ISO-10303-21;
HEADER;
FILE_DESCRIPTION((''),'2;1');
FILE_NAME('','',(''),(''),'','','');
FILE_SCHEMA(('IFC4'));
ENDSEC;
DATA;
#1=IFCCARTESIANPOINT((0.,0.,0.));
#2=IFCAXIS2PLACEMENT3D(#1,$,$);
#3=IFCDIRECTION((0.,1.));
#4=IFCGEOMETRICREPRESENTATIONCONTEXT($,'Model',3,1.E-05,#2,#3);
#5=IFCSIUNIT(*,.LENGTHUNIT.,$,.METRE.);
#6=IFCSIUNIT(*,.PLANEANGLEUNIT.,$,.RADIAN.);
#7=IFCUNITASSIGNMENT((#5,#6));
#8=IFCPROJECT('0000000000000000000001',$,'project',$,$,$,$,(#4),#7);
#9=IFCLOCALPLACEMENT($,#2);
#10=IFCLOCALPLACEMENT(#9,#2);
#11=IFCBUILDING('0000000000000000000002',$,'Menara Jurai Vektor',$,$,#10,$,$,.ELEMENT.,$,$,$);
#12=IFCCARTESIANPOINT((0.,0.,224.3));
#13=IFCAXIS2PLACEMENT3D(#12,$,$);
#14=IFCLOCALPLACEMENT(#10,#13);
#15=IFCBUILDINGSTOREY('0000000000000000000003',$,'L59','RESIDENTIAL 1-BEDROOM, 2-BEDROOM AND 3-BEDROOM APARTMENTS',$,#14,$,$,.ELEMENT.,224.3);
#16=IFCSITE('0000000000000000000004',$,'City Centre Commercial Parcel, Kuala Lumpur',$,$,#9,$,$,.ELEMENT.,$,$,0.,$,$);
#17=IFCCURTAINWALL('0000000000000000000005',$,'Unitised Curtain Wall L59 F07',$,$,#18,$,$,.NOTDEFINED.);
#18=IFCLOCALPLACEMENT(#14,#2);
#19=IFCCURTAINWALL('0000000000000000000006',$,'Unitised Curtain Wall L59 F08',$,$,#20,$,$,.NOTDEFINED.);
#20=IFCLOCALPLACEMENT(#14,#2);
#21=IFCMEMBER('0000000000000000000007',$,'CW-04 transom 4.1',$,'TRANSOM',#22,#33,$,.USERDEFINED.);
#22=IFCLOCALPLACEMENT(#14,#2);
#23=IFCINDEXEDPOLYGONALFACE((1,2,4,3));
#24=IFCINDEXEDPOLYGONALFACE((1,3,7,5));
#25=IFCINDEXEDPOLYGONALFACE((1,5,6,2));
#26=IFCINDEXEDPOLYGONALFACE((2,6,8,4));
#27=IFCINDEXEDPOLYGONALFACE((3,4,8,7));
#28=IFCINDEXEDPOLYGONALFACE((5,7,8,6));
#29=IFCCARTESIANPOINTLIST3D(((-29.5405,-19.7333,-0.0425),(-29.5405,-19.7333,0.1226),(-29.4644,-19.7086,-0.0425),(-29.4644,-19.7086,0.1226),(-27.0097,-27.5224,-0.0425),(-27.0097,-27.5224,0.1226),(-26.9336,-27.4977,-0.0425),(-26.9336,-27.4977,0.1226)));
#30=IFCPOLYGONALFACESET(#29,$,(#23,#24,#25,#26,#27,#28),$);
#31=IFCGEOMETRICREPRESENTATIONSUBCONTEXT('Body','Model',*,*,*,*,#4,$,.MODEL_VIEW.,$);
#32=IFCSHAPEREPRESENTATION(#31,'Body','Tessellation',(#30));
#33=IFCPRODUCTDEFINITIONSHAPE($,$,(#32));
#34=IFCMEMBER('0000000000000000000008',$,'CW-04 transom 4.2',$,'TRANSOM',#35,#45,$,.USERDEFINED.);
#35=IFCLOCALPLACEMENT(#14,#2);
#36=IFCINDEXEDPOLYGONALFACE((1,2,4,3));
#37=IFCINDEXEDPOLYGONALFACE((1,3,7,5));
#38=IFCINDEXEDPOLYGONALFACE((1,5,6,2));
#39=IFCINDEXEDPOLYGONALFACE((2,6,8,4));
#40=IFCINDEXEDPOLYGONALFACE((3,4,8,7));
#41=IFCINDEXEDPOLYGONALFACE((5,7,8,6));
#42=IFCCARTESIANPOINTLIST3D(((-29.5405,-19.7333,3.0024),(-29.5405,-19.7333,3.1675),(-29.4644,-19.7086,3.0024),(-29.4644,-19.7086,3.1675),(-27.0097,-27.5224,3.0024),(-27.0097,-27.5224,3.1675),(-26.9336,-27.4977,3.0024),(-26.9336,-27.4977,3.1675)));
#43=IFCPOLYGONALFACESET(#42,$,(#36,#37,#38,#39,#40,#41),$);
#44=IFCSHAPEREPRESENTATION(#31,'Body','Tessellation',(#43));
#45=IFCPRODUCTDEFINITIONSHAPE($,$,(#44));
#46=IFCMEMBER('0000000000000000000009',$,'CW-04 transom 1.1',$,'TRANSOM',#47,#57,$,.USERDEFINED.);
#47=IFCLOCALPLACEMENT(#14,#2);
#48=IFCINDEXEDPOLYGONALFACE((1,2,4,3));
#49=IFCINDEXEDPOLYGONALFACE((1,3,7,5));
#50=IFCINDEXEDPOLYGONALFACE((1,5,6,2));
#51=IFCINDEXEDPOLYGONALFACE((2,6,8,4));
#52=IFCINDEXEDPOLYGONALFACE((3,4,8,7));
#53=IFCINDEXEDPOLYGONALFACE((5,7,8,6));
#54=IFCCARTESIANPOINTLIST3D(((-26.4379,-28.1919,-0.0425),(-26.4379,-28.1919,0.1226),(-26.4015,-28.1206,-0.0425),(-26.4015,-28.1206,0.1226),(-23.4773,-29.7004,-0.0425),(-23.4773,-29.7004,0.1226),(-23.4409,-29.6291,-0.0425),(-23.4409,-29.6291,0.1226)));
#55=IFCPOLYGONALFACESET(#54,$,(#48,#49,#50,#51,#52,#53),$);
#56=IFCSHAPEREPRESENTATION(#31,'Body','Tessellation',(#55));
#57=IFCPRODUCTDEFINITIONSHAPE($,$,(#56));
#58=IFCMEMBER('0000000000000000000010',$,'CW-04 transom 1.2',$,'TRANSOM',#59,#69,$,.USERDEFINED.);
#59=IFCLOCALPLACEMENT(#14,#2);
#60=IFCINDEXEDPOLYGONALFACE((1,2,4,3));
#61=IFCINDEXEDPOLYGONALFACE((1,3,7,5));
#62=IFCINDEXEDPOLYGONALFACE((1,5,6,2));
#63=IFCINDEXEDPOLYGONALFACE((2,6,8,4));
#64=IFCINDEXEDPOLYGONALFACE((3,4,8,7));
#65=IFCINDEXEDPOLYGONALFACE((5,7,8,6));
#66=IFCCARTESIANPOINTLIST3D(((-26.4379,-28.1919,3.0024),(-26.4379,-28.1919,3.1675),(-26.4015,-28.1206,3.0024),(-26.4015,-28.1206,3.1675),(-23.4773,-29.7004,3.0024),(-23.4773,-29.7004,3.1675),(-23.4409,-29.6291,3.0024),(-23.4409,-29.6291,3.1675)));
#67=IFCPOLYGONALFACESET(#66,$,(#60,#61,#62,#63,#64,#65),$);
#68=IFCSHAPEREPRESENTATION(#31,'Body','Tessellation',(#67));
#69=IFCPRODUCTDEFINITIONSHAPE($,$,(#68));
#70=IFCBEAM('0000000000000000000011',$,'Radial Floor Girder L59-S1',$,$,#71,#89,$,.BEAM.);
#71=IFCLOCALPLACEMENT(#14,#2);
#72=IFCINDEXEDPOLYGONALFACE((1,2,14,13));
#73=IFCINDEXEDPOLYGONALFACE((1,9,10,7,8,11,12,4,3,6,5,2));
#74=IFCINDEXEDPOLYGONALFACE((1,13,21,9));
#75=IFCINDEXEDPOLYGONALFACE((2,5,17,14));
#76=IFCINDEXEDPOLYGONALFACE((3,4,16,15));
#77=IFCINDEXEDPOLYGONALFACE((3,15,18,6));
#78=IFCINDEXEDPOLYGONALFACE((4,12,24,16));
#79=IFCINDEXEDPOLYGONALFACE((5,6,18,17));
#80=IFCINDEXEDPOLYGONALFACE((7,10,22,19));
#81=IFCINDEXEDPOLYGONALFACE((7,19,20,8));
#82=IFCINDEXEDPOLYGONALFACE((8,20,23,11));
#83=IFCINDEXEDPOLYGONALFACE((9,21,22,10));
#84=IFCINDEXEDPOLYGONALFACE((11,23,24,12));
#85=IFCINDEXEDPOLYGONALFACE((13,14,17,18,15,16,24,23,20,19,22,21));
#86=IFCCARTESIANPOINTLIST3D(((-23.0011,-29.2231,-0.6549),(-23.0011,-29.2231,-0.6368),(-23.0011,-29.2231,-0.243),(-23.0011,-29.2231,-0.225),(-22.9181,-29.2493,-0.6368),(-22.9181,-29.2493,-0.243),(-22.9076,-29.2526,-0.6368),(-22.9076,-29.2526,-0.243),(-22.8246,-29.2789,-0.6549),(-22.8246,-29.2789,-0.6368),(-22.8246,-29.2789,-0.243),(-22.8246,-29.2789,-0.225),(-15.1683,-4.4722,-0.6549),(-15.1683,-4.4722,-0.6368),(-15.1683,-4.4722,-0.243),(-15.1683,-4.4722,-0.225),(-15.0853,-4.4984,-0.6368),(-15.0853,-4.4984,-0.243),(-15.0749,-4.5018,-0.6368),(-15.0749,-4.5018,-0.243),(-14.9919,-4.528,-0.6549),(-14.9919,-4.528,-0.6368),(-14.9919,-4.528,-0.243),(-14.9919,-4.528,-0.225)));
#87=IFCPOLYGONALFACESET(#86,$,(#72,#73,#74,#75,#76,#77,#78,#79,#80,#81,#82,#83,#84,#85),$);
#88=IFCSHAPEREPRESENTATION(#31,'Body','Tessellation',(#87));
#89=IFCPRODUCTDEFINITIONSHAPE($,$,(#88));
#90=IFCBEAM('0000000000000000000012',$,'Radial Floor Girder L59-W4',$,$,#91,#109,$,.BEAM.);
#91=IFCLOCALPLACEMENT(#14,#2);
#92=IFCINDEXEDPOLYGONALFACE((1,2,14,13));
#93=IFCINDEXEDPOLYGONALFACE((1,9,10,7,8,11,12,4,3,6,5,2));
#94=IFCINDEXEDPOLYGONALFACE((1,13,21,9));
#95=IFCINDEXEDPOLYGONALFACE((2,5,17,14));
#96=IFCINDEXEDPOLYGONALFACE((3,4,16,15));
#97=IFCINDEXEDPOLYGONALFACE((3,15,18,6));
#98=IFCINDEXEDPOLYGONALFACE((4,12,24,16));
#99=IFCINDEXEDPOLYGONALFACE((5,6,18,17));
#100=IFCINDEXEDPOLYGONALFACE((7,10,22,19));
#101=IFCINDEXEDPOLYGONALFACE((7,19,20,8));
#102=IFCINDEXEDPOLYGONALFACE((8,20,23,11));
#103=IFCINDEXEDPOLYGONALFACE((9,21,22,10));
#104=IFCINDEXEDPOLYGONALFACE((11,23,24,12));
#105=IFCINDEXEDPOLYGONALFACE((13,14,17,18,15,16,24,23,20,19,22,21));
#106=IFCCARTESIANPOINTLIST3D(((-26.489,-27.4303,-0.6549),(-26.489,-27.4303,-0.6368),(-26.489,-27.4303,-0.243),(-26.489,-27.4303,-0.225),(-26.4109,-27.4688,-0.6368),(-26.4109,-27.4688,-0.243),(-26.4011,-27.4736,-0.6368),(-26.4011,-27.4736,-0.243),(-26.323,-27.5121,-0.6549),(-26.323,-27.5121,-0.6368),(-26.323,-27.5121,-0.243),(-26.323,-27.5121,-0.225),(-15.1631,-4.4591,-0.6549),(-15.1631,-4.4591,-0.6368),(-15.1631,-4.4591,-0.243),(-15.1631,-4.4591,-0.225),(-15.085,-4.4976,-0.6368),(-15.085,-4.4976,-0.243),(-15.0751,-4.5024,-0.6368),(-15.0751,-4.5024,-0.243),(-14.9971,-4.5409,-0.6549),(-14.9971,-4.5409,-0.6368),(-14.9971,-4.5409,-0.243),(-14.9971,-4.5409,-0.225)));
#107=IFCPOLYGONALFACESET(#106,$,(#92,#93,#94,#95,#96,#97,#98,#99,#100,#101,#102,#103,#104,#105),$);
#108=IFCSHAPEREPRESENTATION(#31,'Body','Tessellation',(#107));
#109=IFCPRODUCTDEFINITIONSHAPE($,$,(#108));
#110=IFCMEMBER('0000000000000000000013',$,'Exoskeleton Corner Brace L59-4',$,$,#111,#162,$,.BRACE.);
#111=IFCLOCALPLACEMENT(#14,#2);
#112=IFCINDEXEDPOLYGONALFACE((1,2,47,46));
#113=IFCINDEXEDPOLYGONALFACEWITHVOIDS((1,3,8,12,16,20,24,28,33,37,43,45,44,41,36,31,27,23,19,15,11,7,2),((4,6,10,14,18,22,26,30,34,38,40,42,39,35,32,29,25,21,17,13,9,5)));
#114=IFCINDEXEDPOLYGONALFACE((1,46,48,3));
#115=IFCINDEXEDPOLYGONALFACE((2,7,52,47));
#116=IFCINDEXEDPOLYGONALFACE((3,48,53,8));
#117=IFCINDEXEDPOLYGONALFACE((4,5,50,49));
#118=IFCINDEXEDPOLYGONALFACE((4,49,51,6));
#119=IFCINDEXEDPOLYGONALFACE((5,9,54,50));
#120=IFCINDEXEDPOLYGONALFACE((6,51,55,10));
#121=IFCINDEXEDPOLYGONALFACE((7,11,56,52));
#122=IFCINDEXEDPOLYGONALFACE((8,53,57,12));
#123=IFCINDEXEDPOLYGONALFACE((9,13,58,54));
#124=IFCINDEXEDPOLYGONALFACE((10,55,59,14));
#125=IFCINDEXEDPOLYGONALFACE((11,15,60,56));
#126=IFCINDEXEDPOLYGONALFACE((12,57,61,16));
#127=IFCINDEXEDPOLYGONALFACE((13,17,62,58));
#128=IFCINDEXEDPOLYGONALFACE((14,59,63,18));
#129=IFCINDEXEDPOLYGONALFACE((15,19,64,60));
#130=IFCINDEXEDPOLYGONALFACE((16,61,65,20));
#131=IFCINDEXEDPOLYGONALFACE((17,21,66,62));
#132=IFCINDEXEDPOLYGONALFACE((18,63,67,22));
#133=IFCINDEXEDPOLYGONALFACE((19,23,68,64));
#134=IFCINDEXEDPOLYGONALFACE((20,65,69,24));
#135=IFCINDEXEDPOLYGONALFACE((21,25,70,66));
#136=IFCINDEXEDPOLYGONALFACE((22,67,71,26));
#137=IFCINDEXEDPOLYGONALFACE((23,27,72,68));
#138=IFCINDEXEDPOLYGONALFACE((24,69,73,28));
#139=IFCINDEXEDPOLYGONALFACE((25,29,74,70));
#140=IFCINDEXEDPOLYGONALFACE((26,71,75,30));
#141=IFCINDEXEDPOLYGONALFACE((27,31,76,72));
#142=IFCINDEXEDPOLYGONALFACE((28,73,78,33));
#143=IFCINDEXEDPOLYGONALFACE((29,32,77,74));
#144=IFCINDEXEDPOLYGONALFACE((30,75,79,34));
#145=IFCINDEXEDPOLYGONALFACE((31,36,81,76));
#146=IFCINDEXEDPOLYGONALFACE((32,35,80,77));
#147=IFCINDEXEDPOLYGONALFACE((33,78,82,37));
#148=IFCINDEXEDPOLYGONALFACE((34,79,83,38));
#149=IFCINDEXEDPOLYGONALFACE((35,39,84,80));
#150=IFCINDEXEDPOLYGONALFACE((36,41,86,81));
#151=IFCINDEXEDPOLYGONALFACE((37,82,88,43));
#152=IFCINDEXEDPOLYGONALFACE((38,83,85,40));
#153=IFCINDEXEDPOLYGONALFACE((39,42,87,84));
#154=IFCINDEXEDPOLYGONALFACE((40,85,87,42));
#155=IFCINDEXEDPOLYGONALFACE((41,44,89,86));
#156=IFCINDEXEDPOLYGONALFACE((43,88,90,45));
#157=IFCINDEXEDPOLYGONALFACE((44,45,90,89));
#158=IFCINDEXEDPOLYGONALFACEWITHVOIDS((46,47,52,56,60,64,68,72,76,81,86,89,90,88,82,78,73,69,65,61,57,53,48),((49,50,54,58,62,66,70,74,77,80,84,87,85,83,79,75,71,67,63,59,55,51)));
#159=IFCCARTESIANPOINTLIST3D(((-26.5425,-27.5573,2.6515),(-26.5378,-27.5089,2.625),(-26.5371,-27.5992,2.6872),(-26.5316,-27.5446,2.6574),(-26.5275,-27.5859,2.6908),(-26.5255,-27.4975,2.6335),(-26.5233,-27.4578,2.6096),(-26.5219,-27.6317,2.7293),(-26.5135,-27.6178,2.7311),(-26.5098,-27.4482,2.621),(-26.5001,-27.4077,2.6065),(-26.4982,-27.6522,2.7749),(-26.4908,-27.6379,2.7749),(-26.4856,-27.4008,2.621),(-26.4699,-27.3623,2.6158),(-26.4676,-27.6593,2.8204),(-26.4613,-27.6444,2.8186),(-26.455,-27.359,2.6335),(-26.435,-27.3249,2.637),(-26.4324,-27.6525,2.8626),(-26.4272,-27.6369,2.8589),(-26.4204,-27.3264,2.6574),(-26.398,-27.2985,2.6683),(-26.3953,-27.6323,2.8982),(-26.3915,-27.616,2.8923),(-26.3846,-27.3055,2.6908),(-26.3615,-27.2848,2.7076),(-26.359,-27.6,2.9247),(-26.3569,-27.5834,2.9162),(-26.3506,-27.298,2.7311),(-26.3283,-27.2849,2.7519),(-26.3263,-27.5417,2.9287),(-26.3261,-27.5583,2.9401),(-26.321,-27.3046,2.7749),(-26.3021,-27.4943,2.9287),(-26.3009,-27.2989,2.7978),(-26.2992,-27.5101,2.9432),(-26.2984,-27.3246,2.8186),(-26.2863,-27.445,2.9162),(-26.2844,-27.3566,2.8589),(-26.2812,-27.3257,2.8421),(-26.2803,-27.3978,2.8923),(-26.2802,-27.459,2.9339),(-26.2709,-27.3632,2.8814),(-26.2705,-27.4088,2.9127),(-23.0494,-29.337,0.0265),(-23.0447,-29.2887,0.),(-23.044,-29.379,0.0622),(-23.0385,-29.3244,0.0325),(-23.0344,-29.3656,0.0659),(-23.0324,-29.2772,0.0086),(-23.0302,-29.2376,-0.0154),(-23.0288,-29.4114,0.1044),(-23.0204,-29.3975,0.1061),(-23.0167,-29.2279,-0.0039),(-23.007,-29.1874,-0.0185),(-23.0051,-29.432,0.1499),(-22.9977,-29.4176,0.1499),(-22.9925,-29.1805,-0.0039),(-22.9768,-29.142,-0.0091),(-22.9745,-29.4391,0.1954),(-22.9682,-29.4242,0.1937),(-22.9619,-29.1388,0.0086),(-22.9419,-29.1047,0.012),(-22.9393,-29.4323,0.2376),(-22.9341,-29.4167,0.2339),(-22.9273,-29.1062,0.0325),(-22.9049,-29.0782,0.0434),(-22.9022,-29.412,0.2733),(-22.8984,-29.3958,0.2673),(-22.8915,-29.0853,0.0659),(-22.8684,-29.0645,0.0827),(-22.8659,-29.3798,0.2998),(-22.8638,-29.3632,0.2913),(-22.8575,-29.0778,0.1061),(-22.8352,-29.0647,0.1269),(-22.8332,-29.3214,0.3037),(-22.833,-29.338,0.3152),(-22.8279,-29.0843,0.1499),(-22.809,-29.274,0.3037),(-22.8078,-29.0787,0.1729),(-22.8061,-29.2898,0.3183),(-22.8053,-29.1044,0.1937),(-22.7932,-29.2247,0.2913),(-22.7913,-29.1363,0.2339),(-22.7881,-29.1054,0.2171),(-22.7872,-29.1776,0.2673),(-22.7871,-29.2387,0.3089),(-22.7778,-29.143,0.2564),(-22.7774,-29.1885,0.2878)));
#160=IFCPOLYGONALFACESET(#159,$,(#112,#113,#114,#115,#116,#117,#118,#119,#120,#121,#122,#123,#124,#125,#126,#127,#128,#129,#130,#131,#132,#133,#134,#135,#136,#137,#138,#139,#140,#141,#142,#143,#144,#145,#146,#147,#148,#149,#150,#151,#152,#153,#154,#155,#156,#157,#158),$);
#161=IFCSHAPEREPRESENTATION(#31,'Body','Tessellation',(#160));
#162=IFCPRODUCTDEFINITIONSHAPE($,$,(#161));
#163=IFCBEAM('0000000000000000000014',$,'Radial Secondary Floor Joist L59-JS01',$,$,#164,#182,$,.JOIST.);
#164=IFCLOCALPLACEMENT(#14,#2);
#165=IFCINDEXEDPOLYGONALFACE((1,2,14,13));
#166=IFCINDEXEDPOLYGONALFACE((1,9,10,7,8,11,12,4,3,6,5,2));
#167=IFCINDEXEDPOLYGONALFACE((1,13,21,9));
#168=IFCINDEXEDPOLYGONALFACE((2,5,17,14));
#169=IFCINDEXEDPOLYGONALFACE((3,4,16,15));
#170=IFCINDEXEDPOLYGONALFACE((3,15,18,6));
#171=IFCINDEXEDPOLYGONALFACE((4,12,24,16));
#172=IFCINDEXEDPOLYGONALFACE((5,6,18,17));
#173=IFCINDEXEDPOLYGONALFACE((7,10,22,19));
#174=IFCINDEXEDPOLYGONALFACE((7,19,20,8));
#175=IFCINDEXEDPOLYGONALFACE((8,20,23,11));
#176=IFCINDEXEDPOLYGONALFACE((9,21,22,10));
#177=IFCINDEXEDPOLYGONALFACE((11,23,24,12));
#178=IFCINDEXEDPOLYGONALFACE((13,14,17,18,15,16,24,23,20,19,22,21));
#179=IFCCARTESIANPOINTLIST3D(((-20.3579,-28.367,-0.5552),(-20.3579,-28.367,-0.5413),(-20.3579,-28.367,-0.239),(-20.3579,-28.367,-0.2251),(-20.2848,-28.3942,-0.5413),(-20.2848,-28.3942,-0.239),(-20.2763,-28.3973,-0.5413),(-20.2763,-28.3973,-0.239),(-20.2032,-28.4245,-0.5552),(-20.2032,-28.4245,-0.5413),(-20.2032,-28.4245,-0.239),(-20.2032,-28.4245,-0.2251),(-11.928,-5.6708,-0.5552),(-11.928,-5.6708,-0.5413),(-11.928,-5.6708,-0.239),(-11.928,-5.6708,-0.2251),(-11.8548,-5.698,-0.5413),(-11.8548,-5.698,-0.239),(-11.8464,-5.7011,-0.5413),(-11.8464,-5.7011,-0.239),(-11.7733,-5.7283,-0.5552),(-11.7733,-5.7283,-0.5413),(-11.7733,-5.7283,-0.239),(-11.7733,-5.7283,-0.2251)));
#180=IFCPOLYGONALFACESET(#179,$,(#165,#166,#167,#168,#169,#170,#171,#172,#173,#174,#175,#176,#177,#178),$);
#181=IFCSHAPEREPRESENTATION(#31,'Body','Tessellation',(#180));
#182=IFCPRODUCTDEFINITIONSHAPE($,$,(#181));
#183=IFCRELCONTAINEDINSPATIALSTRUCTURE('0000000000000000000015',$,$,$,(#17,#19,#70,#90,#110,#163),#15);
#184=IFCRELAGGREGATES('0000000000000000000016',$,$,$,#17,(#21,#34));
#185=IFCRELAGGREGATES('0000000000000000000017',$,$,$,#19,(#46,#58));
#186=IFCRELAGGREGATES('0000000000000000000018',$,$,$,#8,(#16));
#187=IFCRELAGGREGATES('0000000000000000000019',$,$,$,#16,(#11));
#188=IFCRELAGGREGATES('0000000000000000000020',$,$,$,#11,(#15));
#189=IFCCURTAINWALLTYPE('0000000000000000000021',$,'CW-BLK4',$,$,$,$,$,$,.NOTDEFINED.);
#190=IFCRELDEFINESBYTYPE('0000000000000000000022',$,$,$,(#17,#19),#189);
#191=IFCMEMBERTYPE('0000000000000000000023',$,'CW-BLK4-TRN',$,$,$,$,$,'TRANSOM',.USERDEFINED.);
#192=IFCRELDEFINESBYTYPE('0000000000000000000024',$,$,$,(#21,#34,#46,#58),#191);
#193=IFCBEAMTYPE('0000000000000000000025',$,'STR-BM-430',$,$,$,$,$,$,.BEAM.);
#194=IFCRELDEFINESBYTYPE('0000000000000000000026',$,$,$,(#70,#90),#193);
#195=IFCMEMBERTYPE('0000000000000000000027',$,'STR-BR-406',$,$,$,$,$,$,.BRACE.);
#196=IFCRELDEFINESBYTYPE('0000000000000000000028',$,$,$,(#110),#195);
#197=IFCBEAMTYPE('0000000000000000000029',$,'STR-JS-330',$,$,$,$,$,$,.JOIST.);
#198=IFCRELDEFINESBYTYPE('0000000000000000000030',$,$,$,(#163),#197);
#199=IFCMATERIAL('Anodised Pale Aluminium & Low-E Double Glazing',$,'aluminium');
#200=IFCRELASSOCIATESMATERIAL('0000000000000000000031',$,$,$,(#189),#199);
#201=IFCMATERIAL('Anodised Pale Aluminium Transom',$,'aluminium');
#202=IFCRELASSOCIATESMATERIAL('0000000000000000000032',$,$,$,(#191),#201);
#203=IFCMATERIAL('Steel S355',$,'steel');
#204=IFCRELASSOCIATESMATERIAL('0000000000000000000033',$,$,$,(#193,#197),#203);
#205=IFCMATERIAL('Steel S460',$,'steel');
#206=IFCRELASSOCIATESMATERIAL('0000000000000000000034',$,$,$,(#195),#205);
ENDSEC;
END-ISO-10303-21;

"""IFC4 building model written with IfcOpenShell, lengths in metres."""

from ifc_helpers import new_model, si_unit, direction, frame, origin, origin_2d, place, context, subcontext, project, spatial, rectangle, hollow_circle, i_section, extrude, material, material_profile, profile_set, type_object, element, aggregate, save


model = new_model("IFC4")

# Units and contexts
model_context = context("Model", 3, precision=1e-05, world=origin(), true_north=direction((0.0, 1.0)))
body_context = subcontext(model_context, "Body", "Model", "MODEL_VIEW")
ifc_project = project(units=[si_unit("LENGTHUNIT", "METRE"), si_unit("PLANEANGLEUNIT", "RADIAN")], contexts=[model_context])

# Site, building, storey
site_placement = place(None, origin())
site = spatial("IfcSite", under=ifc_project, at=site_placement, Name="City Centre Commercial Parcel, Kuala Lumpur", CompositionType="ELEMENT", RefElevation=0.0)
building_placement = place(site_placement, origin())
building = spatial("IfcBuilding", under=site, at=building_placement, Name="Menara Jurai Vektor", CompositionType="ELEMENT")
storey_placement = place(building_placement, frame((0.0, 0.0, 224.3)))
storey = spatial("IfcBuildingStorey", under=building, at=storey_placement, Name="L59", Description="RESIDENTIAL 1-BEDROOM, 2-BEDROOM AND 3-BEDROOM APARTMENTS", CompositionType="ELEMENT", Elevation=224.3)

# Shared definitions
ifc_material_1 = material(Name="Steel S460", Category="steel")

# Shared definitions
ifc_material_2 = material(Name="Anodised Pale Aluminium & Low-E Double Glazing", Category="aluminium")
curtain_wall_type = type_object("IfcCurtainWallType", Name="CW-BLK4", PredefinedType="NOTDEFINED", material=ifc_material_2)

# Curtain walls
curtain_wall_1_placement = place(storey_placement, origin())
curtain_wall_1 = element("IfcCurtainWall", 1, at=curtain_wall_1_placement, inside=storey, type_object=curtain_wall_type, Name="Unitised Curtain Wall L59 F07", PredefinedType="NOTDEFINED")
curtain_wall_2_placement = place(storey_placement, origin())
curtain_wall_2 = element("IfcCurtainWall", 2, at=curtain_wall_2_placement, inside=storey, type_object=curtain_wall_type, Name="Unitised Curtain Wall L59 F08", PredefinedType="NOTDEFINED")

# Members
ifc_material_3 = material(Name="Anodised Pale Aluminium Transom", Category="aluminium")
ifc_material_profile_1 = material_profile(ifc_material_3, rectangle(XDim=0.0801, YDim=0.165, at=origin_2d()), Name="ALU TRN 80x165")
ifc_profile_set_1 = profile_set([ifc_material_profile_1], Name="Anodised Pale Aluminium Transom")
member_type_1 = type_object("IfcMemberType", Name="CW-BLK4-TRN", ElementType="TRANSOM", PredefinedType="USERDEFINED", material=ifc_profile_set_1)
member_1_placement = place(storey_placement, frame((-29.5024, -19.7209, 0.04), z_axis=(0.309011, -0.951059, 0.0), x_axis=(0.951059, 0.309011, 0.0)))
member_1 = element("IfcMember", 3, at=member_1_placement, type_object=member_type_1, Name="CW-04 transom 4.1", ObjectType="TRANSOM", PredefinedType="USERDEFINED", context=body_context, shape_type="SweptSolid", body=[
    extrude(rectangle(XDim=0.0801, YDim=0.165, at=origin_2d()), origin(), (0.0, 0.0, 1.0), 8.1899),
])
member_2_placement = place(storey_placement, frame((-29.5024, -19.7209, 3.085), z_axis=(0.309011, -0.951059, 0.0), x_axis=(0.951059, 0.309011, 0.0)))
member_2 = element("IfcMember", 4, at=member_2_placement, type_object=member_type_1, Name="CW-04 transom 4.2", ObjectType="TRANSOM", PredefinedType="USERDEFINED", context=body_context, shape_type="SweptSolid", body=[
    extrude(rectangle(XDim=0.0801, YDim=0.165, at=origin_2d()), origin(), (0.0, 0.0, 1.0), 8.1899),
])
member_3_placement = place(storey_placement, frame((-26.4197, -28.1562, 0.04), z_axis=(0.891007, -0.45399, 0.0), x_axis=(0.45399, 0.891007, 0.0)))
member_3 = element("IfcMember", 5, at=member_3_placement, type_object=member_type_1, Name="CW-04 transom 1.1", ObjectType="TRANSOM", PredefinedType="USERDEFINED", context=body_context, shape_type="SweptSolid", body=[
    extrude(rectangle(XDim=0.0801, YDim=0.165, at=origin_2d()), origin(), (0.0, 0.0, 1.0), 3.3228),
])
member_4_placement = place(storey_placement, frame((-26.4197, -28.1562, 3.085), z_axis=(0.891007, -0.45399, 0.0), x_axis=(0.45399, 0.891007, 0.0)))
member_4 = element("IfcMember", 6, at=member_4_placement, type_object=member_type_1, Name="CW-04 transom 1.2", ObjectType="TRANSOM", PredefinedType="USERDEFINED", context=body_context, shape_type="SweptSolid", body=[
    extrude(rectangle(XDim=0.0801, YDim=0.165, at=origin_2d()), origin(), (0.0, 0.0, 1.0), 3.3228),
])

# Beams
ifc_material_4 = material(Name="Steel S355", Category="steel")
ifc_material_profile_2 = material_profile(ifc_material_4, i_section(OverallWidth=0.1851, OverallDepth=0.4299, WebThickness=0.011, FlangeThickness=0.0181, at=origin_2d()), Name="PG 430x185x76")
ifc_profile_set_2 = profile_set([ifc_material_profile_2], Name="Steel S355")
beam_type_1 = type_object("IfcBeamType", Name="STR-BM-430", PredefinedType="BEAM", material=ifc_profile_set_2)
beam_1_placement = place(storey_placement, frame((-22.9128, -29.251, -0.4399), z_axis=(0.301715, 0.953398, 0.0), x_axis=(-0.953398, 0.301715, 0.0)))
element("IfcBeam", 7, at=beam_1_placement, inside=storey, type_object=beam_type_1, Name="Radial Floor Girder L59-S1", PredefinedType="BEAM", context=body_context, shape_type="SweptSolid", body=[
    extrude(i_section(OverallWidth=0.1851, OverallDepth=0.4299, WebThickness=0.011, FlangeThickness=0.0181, at=origin_2d()), origin(), (0.0, 0.0, 1.0), 25.9607),
])
beam_2_placement = place(storey_placement, frame((-26.406, -27.4712, -0.4399), z_axis=(0.442219, 0.896907, 0.0), x_axis=(-0.896907, 0.442219, 0.0)))
element("IfcBeam", 8, at=beam_2_placement, inside=storey, type_object=beam_type_1, Name="Radial Floor Girder L59-W4", PredefinedType="BEAM", context=body_context, shape_type="SweptSolid", body=[
    extrude(i_section(OverallWidth=0.1851, OverallDepth=0.4299, WebThickness=0.011, FlangeThickness=0.0181, at=origin_2d()), origin(), (0.0, 0.0, 1.0), 25.6116),
])

# Member
ifc_material_profile_3 = material_profile(ifc_material_1, hollow_circle(Radius=0.2031, WallThickness=0.0161, at=origin_2d()), Name="CHS 406.4x16")
ifc_profile_set_3 = profile_set([ifc_material_profile_3], Name="Steel S460")
member_type_2 = type_object("IfcMemberType", Name="STR-BR-406", PredefinedType="BRACE", material=ifc_profile_set_3)
member_5_placement = place(storey_placement, frame((-22.9128, -29.251, 0.1499), z_axis=(-0.740375, 0.377225, 0.556368), x_axis=(-0.453976, -0.891014, 0.0)))
element("IfcMember", 9, at=member_5_placement, inside=storey, type_object=member_type_2, Name="Exoskeleton Corner Brace L59-4", PredefinedType="BRACE", context=body_context, shape_type="SweptSolid", body=[
    extrude(hollow_circle(Radius=0.2031, WallThickness=0.0161, at=origin_2d()), origin(), (0.0, 0.0, 1.0), 4.718),
])

# Beam
ifc_material_profile_4 = material_profile(ifc_material_4, i_section(OverallWidth=0.165, OverallDepth=0.3301, WebThickness=0.009, FlangeThickness=0.0139, at=origin_2d()), Name="PG 330x165x46")
ifc_profile_set_4 = profile_set([ifc_material_profile_4], Name="Steel S355")
beam_type_2 = type_object("IfcBeamType", Name="STR-JS-330", PredefinedType="JOIST", material=ifc_profile_set_4)
beam_3_placement = place(storey_placement, frame((-20.2805, -28.3958, -0.3901), z_axis=(0.348182, 0.937427, 0.0), x_axis=(-0.937427, 0.348182, 0.0)))
element("IfcBeam", 10, at=beam_3_placement, inside=storey, type_object=beam_type_2, Name="Radial Secondary Floor Joist L59-JS01", PredefinedType="JOIST", context=body_context, shape_type="SweptSolid", body=[
    extrude(i_section(OverallWidth=0.165, OverallDepth=0.3301, WebThickness=0.009, FlangeThickness=0.0139, at=origin_2d()), origin(), (0.0, 0.0, 1.0), 24.2112),
])

aggregate(curtain_wall_1, [member_1, member_2])
aggregate(curtain_wall_2, [member_3, member_4])

save(model, "model.ifc")
